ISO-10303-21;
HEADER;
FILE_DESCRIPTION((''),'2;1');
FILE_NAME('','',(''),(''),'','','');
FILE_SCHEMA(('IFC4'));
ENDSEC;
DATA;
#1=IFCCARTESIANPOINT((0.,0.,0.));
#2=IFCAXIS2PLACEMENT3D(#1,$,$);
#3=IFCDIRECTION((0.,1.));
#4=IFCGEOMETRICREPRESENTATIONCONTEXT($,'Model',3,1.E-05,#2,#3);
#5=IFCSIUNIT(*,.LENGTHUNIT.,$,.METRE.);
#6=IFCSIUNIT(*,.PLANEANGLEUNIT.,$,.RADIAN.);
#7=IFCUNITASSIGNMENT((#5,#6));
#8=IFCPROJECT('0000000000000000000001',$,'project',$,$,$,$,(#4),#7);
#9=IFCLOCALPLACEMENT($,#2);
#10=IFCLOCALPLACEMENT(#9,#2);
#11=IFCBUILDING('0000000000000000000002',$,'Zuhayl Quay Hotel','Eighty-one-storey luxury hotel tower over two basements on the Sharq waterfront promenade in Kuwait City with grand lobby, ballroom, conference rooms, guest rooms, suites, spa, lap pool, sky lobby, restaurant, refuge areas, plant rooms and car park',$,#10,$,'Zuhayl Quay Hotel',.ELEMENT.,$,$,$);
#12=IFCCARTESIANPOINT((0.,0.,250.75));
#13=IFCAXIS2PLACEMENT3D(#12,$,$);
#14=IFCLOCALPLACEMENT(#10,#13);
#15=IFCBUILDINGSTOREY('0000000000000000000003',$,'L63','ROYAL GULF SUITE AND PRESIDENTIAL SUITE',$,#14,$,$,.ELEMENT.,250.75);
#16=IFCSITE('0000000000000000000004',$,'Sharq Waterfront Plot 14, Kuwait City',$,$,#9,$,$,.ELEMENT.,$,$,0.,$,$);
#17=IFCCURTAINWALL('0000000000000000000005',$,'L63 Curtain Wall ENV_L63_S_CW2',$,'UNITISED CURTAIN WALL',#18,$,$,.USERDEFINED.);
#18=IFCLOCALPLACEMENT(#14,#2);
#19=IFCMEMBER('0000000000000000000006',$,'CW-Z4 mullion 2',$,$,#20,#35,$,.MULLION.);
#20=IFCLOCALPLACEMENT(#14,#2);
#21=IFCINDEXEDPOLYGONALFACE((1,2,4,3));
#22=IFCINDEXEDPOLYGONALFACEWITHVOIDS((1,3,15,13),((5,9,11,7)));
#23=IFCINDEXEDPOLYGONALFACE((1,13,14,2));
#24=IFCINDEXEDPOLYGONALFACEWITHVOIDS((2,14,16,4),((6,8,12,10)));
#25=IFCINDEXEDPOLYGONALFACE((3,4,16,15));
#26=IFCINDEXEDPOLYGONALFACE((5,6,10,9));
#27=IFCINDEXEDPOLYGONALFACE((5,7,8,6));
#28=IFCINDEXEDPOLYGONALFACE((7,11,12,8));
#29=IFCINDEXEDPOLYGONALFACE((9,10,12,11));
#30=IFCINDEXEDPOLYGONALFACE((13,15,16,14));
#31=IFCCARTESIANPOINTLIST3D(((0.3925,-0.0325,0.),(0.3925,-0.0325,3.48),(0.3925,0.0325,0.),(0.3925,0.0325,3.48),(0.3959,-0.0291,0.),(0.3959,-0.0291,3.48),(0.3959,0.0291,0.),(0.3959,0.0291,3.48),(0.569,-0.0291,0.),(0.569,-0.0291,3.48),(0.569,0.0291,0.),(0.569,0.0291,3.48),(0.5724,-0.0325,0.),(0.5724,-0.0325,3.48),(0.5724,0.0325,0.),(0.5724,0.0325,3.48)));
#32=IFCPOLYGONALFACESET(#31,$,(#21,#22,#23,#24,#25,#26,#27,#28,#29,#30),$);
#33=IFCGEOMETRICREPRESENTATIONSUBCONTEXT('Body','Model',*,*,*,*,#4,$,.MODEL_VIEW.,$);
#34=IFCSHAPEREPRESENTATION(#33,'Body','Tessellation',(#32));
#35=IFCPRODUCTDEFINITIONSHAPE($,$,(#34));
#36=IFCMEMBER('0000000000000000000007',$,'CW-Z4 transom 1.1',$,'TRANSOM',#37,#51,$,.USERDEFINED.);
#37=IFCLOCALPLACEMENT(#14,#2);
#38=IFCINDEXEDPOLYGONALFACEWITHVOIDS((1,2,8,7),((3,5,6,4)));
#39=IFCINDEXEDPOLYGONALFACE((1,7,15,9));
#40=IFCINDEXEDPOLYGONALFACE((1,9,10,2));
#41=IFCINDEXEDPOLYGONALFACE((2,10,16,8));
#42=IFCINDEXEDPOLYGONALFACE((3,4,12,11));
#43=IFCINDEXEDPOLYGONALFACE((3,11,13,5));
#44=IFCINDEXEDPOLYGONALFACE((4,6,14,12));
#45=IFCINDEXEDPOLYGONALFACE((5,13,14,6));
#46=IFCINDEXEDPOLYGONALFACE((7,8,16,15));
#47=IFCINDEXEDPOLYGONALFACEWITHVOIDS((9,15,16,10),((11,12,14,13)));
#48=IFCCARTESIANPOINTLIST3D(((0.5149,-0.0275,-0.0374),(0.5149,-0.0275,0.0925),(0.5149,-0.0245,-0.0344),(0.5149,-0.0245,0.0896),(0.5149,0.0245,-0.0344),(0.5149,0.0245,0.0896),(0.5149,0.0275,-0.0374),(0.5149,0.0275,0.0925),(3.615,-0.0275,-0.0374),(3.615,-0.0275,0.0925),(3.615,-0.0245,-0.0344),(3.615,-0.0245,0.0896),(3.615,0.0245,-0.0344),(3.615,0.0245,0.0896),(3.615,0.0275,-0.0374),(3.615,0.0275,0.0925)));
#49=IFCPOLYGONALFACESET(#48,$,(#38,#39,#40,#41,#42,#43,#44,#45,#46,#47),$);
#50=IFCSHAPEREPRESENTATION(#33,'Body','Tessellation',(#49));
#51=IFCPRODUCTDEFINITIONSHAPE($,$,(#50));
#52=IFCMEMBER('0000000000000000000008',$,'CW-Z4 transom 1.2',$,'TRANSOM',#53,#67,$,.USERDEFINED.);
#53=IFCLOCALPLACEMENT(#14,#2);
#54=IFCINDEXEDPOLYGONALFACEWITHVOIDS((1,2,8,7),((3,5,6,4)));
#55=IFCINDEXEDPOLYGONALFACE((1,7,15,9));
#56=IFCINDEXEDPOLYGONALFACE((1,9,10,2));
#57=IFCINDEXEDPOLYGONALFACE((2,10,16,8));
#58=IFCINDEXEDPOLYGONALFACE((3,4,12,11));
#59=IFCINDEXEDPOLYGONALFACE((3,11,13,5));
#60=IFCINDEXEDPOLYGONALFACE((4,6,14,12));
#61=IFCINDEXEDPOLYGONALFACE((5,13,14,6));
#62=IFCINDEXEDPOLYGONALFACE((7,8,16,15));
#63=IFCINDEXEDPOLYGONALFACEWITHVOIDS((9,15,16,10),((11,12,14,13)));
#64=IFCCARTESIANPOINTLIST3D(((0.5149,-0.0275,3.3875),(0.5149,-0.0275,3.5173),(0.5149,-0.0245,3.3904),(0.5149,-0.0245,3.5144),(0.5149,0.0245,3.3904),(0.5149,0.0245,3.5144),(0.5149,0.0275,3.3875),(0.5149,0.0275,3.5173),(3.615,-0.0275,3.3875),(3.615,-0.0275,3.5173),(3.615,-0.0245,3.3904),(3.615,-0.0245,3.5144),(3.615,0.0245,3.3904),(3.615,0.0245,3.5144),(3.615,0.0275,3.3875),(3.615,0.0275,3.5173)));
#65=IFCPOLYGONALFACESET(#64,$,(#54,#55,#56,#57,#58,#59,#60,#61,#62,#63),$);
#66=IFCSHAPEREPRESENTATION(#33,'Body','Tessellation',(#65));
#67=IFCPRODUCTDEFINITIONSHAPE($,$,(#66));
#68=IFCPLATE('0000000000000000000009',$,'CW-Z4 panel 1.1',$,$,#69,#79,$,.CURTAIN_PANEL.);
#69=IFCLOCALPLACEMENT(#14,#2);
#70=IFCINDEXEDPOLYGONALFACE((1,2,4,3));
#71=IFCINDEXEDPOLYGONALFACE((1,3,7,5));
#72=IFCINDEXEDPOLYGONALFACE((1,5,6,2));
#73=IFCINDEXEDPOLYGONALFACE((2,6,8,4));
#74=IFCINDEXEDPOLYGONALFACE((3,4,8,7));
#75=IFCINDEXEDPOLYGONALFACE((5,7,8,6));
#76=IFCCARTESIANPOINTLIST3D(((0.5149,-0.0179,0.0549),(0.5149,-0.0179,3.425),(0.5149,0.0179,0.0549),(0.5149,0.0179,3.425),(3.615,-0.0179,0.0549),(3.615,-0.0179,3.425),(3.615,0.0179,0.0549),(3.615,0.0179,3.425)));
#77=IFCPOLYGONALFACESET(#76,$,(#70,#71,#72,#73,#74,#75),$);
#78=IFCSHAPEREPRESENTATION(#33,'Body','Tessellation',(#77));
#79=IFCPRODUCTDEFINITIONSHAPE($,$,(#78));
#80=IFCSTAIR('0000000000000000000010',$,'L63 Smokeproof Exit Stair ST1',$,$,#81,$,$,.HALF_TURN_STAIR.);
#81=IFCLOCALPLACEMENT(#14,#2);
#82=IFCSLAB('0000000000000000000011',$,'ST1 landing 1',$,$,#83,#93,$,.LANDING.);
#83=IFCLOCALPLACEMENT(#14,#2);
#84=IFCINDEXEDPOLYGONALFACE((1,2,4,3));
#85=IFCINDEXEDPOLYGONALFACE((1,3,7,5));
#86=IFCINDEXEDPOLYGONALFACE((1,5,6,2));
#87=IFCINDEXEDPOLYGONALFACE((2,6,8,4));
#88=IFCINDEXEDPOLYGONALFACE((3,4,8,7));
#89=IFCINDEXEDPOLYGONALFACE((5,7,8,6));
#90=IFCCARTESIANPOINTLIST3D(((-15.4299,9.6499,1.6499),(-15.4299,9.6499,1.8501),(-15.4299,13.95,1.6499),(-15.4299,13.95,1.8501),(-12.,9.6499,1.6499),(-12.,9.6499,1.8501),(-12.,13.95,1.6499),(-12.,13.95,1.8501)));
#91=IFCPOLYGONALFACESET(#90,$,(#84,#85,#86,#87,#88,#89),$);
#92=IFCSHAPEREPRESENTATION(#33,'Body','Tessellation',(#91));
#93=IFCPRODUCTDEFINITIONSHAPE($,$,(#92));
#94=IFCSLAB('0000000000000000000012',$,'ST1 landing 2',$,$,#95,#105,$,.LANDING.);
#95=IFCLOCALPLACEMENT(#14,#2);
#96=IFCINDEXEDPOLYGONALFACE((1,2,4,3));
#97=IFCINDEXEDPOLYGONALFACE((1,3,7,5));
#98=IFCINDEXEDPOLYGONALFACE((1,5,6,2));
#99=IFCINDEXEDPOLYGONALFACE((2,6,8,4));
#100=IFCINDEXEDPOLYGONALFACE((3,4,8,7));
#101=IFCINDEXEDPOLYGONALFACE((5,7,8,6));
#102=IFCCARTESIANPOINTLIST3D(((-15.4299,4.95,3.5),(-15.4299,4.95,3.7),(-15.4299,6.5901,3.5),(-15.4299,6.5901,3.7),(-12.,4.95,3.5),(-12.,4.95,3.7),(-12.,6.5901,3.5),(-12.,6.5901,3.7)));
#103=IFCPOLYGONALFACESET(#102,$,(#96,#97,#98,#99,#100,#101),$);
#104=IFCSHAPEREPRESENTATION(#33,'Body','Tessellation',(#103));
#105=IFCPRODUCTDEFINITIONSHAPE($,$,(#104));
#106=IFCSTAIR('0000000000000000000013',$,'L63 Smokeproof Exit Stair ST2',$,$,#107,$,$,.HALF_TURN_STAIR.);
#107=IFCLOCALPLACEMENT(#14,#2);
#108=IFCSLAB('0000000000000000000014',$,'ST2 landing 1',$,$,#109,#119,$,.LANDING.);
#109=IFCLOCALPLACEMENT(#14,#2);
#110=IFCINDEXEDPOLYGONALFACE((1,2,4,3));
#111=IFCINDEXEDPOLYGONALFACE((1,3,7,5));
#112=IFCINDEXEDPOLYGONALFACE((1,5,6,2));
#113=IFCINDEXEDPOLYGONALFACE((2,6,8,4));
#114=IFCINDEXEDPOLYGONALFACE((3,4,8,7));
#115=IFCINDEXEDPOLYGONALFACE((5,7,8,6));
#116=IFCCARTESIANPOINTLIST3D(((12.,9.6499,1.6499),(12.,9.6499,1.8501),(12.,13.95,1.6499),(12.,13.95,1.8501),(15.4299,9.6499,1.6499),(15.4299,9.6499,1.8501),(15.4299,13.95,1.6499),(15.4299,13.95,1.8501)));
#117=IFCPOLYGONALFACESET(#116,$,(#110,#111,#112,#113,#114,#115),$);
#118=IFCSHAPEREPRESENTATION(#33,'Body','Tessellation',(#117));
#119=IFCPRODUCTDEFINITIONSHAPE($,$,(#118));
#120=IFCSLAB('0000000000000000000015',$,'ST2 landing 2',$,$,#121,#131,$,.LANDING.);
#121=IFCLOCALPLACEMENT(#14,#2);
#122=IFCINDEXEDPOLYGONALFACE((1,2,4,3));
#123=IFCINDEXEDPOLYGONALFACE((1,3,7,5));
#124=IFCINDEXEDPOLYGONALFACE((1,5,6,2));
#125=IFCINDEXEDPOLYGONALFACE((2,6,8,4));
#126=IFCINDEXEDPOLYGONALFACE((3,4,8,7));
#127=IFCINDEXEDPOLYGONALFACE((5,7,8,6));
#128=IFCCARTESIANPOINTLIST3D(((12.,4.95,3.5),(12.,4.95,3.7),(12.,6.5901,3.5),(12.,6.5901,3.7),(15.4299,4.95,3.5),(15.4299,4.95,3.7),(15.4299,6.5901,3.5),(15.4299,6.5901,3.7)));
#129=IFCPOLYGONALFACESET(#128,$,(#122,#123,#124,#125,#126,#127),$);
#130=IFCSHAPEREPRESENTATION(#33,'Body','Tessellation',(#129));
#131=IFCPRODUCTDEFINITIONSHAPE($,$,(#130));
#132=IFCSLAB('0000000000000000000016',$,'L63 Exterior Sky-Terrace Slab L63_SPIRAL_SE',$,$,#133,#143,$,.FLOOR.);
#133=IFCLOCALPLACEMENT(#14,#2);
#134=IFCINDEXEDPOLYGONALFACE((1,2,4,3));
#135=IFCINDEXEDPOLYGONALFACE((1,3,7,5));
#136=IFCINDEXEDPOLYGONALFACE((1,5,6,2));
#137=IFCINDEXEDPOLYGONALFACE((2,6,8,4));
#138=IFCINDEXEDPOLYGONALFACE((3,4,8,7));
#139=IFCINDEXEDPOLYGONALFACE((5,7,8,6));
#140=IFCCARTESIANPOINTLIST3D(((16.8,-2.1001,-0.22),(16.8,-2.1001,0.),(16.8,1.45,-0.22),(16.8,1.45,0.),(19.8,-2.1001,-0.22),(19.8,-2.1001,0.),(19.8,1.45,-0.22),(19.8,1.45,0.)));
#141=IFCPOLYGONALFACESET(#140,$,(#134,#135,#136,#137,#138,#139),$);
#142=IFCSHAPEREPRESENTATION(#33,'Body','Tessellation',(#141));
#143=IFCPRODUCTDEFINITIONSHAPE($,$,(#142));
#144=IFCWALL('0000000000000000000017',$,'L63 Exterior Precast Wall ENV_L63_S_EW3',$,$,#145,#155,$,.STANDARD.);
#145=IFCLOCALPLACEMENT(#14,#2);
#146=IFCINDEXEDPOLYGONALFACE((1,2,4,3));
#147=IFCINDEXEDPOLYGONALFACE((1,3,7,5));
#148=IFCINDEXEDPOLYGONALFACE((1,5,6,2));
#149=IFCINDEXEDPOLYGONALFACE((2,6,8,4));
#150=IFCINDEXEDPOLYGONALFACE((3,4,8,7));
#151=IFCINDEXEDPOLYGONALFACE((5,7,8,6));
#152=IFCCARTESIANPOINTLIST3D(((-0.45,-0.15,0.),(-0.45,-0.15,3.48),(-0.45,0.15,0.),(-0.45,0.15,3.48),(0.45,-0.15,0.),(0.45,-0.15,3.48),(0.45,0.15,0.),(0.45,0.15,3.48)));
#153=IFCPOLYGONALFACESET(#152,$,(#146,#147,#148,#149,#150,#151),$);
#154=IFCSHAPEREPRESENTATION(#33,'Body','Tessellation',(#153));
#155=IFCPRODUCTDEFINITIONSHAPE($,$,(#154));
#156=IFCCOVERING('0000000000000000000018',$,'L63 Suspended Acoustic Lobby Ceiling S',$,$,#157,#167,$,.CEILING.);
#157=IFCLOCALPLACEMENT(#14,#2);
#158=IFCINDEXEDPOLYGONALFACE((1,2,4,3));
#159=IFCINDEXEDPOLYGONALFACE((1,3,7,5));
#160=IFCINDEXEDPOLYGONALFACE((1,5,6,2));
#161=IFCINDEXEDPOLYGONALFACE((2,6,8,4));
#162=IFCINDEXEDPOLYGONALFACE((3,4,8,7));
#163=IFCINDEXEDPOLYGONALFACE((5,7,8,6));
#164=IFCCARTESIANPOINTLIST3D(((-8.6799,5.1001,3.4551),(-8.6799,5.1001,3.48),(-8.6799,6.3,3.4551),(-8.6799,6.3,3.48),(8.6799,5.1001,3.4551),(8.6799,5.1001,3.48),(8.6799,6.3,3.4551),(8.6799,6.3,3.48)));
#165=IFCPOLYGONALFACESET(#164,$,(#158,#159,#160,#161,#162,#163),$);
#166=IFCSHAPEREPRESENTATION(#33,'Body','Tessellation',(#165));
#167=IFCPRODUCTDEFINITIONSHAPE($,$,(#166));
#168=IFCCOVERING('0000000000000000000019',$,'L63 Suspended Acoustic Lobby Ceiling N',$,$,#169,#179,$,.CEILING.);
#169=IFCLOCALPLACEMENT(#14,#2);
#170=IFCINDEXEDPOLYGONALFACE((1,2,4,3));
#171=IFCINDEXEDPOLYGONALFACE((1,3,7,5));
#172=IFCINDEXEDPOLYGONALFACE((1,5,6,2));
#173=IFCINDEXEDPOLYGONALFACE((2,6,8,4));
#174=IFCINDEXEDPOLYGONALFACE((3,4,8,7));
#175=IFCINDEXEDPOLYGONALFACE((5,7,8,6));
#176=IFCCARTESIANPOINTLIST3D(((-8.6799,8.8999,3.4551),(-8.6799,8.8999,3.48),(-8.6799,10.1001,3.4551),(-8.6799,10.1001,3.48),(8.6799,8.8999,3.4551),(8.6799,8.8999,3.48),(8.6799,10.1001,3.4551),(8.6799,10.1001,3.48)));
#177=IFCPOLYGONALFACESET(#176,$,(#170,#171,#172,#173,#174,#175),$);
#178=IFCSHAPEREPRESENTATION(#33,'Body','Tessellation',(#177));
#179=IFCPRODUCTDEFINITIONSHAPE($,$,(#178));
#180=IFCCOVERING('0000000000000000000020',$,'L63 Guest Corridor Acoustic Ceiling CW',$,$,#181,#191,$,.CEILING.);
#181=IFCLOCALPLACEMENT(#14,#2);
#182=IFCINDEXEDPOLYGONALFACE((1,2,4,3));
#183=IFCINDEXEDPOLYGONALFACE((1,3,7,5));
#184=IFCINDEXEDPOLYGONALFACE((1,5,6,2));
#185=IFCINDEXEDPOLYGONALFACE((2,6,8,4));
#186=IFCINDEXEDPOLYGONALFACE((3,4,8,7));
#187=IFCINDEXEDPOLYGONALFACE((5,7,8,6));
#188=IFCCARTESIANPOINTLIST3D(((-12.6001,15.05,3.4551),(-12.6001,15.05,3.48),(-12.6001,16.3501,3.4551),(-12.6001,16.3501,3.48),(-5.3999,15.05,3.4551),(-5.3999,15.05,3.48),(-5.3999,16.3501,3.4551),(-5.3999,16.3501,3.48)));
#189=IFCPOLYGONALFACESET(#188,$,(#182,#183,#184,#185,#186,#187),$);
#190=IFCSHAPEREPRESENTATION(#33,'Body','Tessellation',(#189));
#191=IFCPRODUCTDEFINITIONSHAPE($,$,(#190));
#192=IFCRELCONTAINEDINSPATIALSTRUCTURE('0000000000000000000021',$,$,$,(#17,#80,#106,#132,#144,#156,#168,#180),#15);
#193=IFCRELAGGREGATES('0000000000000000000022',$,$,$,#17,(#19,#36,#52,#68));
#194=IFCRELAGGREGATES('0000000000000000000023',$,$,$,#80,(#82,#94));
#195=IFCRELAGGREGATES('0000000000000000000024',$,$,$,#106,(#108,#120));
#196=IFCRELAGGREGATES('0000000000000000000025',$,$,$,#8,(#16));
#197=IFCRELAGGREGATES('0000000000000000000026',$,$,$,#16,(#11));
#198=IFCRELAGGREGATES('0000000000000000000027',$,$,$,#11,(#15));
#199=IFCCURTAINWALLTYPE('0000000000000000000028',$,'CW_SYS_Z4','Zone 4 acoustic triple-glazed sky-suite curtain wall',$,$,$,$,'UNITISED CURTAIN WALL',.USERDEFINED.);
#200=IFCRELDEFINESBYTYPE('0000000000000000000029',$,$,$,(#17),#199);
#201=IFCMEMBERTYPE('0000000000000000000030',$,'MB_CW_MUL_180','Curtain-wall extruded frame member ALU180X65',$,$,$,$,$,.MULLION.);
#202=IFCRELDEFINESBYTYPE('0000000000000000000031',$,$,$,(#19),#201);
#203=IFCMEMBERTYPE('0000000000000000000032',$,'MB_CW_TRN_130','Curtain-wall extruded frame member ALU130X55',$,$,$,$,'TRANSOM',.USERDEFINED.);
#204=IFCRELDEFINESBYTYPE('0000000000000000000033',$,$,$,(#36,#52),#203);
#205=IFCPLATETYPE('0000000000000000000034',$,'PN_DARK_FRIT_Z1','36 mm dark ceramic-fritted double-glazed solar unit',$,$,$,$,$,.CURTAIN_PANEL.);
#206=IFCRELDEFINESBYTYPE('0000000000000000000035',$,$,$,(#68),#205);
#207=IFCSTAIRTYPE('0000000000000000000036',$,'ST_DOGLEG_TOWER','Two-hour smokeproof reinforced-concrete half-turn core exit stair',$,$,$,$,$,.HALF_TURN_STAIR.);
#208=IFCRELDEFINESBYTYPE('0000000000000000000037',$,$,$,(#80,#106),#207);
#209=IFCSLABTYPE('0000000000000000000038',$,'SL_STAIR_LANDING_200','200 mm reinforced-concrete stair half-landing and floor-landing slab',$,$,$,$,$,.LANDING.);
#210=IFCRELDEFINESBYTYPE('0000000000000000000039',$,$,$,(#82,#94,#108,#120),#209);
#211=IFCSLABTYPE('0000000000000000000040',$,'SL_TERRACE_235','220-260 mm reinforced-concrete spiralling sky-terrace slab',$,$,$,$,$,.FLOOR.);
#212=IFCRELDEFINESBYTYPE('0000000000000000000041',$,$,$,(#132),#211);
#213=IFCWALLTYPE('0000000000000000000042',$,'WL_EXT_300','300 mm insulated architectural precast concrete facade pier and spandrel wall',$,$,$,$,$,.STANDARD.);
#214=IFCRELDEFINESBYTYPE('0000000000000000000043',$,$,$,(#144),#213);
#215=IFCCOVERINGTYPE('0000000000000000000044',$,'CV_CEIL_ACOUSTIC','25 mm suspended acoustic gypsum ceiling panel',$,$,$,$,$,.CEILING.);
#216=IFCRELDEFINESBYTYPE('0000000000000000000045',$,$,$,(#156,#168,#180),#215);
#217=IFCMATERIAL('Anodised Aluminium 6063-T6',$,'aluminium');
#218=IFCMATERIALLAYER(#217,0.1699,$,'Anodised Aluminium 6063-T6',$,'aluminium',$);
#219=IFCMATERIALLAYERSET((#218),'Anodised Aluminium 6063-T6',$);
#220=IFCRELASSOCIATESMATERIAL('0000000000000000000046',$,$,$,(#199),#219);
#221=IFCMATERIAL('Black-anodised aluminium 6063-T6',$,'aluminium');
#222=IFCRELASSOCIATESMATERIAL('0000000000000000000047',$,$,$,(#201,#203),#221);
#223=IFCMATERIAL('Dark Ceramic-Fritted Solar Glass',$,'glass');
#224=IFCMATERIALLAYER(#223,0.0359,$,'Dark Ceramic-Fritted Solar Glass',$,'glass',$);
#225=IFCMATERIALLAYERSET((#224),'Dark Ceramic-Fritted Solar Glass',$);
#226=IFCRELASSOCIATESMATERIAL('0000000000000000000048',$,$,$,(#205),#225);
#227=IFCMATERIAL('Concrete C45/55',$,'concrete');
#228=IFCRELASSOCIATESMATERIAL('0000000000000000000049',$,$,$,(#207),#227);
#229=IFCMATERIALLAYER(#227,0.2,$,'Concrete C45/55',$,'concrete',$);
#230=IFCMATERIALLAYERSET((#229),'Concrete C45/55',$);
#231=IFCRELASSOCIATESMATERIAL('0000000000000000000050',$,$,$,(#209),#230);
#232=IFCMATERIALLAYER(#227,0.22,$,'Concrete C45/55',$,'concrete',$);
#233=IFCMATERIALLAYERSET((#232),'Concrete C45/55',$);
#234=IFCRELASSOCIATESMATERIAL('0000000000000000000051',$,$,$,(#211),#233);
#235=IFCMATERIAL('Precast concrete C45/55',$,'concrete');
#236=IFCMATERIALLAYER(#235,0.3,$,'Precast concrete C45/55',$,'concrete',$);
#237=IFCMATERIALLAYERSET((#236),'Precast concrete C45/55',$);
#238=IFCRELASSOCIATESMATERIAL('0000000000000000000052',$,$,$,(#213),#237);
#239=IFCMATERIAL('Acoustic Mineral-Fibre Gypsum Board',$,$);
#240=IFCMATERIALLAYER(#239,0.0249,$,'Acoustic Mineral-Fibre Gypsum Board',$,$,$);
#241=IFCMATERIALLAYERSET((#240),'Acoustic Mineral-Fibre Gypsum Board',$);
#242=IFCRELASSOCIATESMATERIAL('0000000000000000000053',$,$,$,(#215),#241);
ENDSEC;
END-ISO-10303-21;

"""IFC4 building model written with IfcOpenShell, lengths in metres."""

from ifc_helpers import new_model, si_unit, direction, frame, frame_2d, origin, origin_2d, place, context, subcontext, project, spatial, polyline, rectangle, hollow_rectangle, outline, extrude, material, layer, layer_set, material_profile, profile_set, type_object, element, aggregate, save


model = new_model("IFC4")

# Units and contexts
model_context = context("Model", 3, precision=1e-05, world=origin(), true_north=direction((0.0, 1.0)))
body_context = subcontext(model_context, "Body", "Model", "MODEL_VIEW")
ifc_project = project(units=[si_unit("LENGTHUNIT", "METRE"), si_unit("PLANEANGLEUNIT", "RADIAN")], contexts=[model_context])

# Site, building, storey
site_placement = place(None, origin())
site = spatial("IfcSite", under=ifc_project, at=site_placement, Name="Sharq Waterfront Plot 14, Kuwait City", CompositionType="ELEMENT", RefElevation=0.0)
building_placement = place(site_placement, origin())
building = spatial("IfcBuilding", under=site, at=building_placement, Name="Zuhayl Quay Hotel", Description="Eighty-one-storey luxury hotel tower over two basements on the Sharq waterfront promenade in Kuwait City with grand lobby, ballroom, conference rooms, guest rooms, suites, spa, lap pool, sky lobby, restaurant, refuge areas, plant rooms and car park", LongName="Zuhayl Quay Hotel", CompositionType="ELEMENT")
storey_placement = place(building_placement, frame((0.0, 0.0, 250.75)))
storey = spatial("IfcBuildingStorey", under=building, at=storey_placement, Name="L63", Description="ROYAL GULF SUITE AND PRESIDENTIAL SUITE", CompositionType="ELEMENT", Elevation=250.75)

# Curtain wall, members, plate
ifc_material_1 = material(Name="Anodised Aluminium 6063-T6", Category="aluminium")
ifc_layer_1 = layer(ifc_material_1, 0.1699, Name="Anodised Aluminium 6063-T6", Category="aluminium")
ifc_layer_set_1 = layer_set([ifc_layer_1], Name="Anodised Aluminium 6063-T6")
curtain_wall_type = type_object("IfcCurtainWallType", Name="CW_SYS_Z4", Description="Zone 4 acoustic triple-glazed sky-suite curtain wall", ElementType="UNITISED CURTAIN WALL", PredefinedType="USERDEFINED", material=ifc_layer_set_1)
curtain_wall_placement = place(storey_placement, origin())
curtain_wall = element("IfcCurtainWall", 1, at=curtain_wall_placement, inside=storey, type_object=curtain_wall_type, Name="L63 Curtain Wall ENV_L63_S_CW2", ObjectType="UNITISED CURTAIN WALL", PredefinedType="USERDEFINED")
ifc_material_2 = material(Name="Black-anodised aluminium 6063-T6", Category="aluminium")
ifc_material_profile_1 = material_profile(ifc_material_2, hollow_rectangle(XDim=0.0649, YDim=0.1799, WallThickness=0.0034, at=origin_2d()), Name="ALU180X65")
ifc_profile_set_1 = profile_set([ifc_material_profile_1], Name="Black-anodised aluminium 6063-T6")
member_type_1 = type_object("IfcMemberType", Name="MB_CW_MUL_180", Description="Curtain-wall extruded frame member ALU180X65", PredefinedType="MULLION", material=ifc_profile_set_1)
member_1_placement = place(storey_placement, frame((0.4824, 0.0, 0.0), z_axis=(0.0, 0.0, 1.0), x_axis=(0.0, -1.0, 0.0)))
member_1 = element("IfcMember", 2, at=member_1_placement, type_object=member_type_1, Name="CW-Z4 mullion 2", PredefinedType="MULLION", context=body_context, shape_type="SweptSolid", body=[
    extrude(hollow_rectangle(XDim=0.0649, YDim=0.1799, WallThickness=0.0034, at=origin_2d()), origin(), (0.0, 0.0, 1.0), 3.48),
])
ifc_material_profile_2 = material_profile(ifc_material_2, hollow_rectangle(XDim=0.0549, YDim=0.1299, WallThickness=0.0029, at=origin_2d()), Name="ALU130X55")
ifc_profile_set_2 = profile_set([ifc_material_profile_2], Name="Black-anodised aluminium 6063-T6")
member_type_2 = type_object("IfcMemberType", Name="MB_CW_TRN_130", Description="Curtain-wall extruded frame member ALU130X55", ElementType="TRANSOM", PredefinedType="USERDEFINED", material=ifc_profile_set_2)
member_2_placement = place(storey_placement, frame((3.615, 0.0, 0.0276), z_axis=(-1.0, 0.0, 0.0), x_axis=(0.0, -1.0, 0.0)))
member_2 = element("IfcMember", 3, at=member_2_placement, type_object=member_type_2, Name="CW-Z4 transom 1.1", ObjectType="TRANSOM", PredefinedType="USERDEFINED", context=body_context, shape_type="SweptSolid", body=[
    extrude(hollow_rectangle(XDim=0.0549, YDim=0.1299, WallThickness=0.0029, at=origin_2d()), origin(), (0.0, 0.0, 1.0), 3.1001),
])
member_3_placement = place(storey_placement, frame((3.615, 0.0, 3.4524), z_axis=(-1.0, 0.0, 0.0), x_axis=(0.0, -1.0, 0.0)))
member_3 = element("IfcMember", 4, at=member_3_placement, type_object=member_type_2, Name="CW-Z4 transom 1.2", ObjectType="TRANSOM", PredefinedType="USERDEFINED", context=body_context, shape_type="SweptSolid", body=[
    extrude(hollow_rectangle(XDim=0.0549, YDim=0.1299, WallThickness=0.0029, at=origin_2d()), origin(), (0.0, 0.0, 1.0), 3.1001),
])
ifc_material_3 = material(Name="Dark Ceramic-Fritted Solar Glass", Category="glass")
ifc_layer_2 = layer(ifc_material_3, 0.0359, Name="Dark Ceramic-Fritted Solar Glass", Category="glass")
ifc_layer_set_2 = layer_set([ifc_layer_2], Name="Dark Ceramic-Fritted Solar Glass")
plate_type = type_object("IfcPlateType", Name="PN_DARK_FRIT_Z1", Description="36 mm dark ceramic-fritted double-glazed solar unit", PredefinedType="CURTAIN_PANEL", material=ifc_layer_set_2)
plate_placement = place(storey_placement, frame((2.0649, 0.0, 0.0549), z_axis=(0.0, 0.0, 1.0), x_axis=(-1.0, 0.0, 0.0)))
plate = element("IfcPlate", 5, at=plate_placement, type_object=plate_type, Name="CW-Z4 panel 1.1", PredefinedType="CURTAIN_PANEL", context=body_context, shape_type="SweptSolid", body=[
    extrude(rectangle(XDim=3.1001, YDim=0.0359, at=origin_2d()), origin(), (0.0, 0.0, 1.0), 3.3701),
])
aggregate(curtain_wall, [member_1, member_2, member_3, plate])

# Stairs, slabs
ifc_material_4 = material(Name="Concrete C45/55", Category="concrete")
stair_type = type_object("IfcStairType", Name="ST_DOGLEG_TOWER", Description="Two-hour smokeproof reinforced-concrete half-turn core exit stair", PredefinedType="HALF_TURN_STAIR", material=ifc_material_4)
stair_1_placement = place(storey_placement, origin())
stair_1 = element("IfcStair", 6, at=stair_1_placement, inside=storey, type_object=stair_type, Name="L63 Smokeproof Exit Stair ST1", PredefinedType="HALF_TURN_STAIR")
ifc_layer_3 = layer(ifc_material_4, 0.2, Name="Concrete C45/55", Category="concrete")
ifc_layer_set_3 = layer_set([ifc_layer_3], Name="Concrete C45/55")
slab_type_1 = type_object("IfcSlabType", Name="SL_STAIR_LANDING_200", Description="200 mm reinforced-concrete stair half-landing and floor-landing slab", PredefinedType="LANDING", material=ifc_layer_set_3)
slab_1_placement = place(storey_placement, frame((0.0, 0.0, 1.6499)))
slab_1 = element("IfcSlab", 7, at=slab_1_placement, type_object=slab_type_1, Name="ST1 landing 1", PredefinedType="LANDING", context=body_context, shape_type="SweptSolid", body=[
    extrude(outline(polyline([(-12.0, 9.6499), (-12.0, 13.95), (-15.4299, 13.95), (-15.4299, 9.6499), (-12.0, 9.6499)])), origin(), (0.0, 0.0, 1.0), 0.2002),
])
slab_2_placement = place(storey_placement, frame((0.0, 0.0, 3.5)))
slab_2 = element("IfcSlab", 8, at=slab_2_placement, type_object=slab_type_1, Name="ST1 landing 2", PredefinedType="LANDING", context=body_context, shape_type="SweptSolid", body=[
    extrude(outline(polyline([(-12.0, 4.95), (-12.0, 6.5901), (-15.4299, 6.5901), (-15.4299, 4.95), (-12.0, 4.95)])), origin(), (0.0, 0.0, 1.0), 0.2),
])
aggregate(stair_1, [slab_1, slab_2])
stair_2_placement = place(storey_placement, origin())
stair_2 = element("IfcStair", 9, at=stair_2_placement, inside=storey, type_object=stair_type, Name="L63 Smokeproof Exit Stair ST2", PredefinedType="HALF_TURN_STAIR")
slab_3_placement = place(storey_placement, frame((0.0, 0.0, 1.6499)))
slab_3 = element("IfcSlab", 10, at=slab_3_placement, type_object=slab_type_1, Name="ST2 landing 1", PredefinedType="LANDING", context=body_context, shape_type="SweptSolid", body=[
    extrude(outline(polyline([(15.4299, 9.6499), (15.4299, 13.95), (12.0, 13.95), (12.0, 9.6499), (15.4299, 9.6499)])), origin(), (0.0, 0.0, 1.0), 0.2002),
])
slab_4_placement = place(storey_placement, frame((0.0, 0.0, 3.5)))
slab_4 = element("IfcSlab", 11, at=slab_4_placement, type_object=slab_type_1, Name="ST2 landing 2", PredefinedType="LANDING", context=body_context, shape_type="SweptSolid", body=[
    extrude(outline(polyline([(15.4299, 4.95), (15.4299, 6.5901), (12.0, 6.5901), (12.0, 4.95), (15.4299, 4.95)])), origin(), (0.0, 0.0, 1.0), 0.2),
])
aggregate(stair_2, [slab_3, slab_4])

# Slab
ifc_layer_4 = layer(ifc_material_4, 0.22, Name="Concrete C45/55", Category="concrete")
ifc_layer_set_4 = layer_set([ifc_layer_4], Name="Concrete C45/55")
slab_type_2 = type_object("IfcSlabType", Name="SL_TERRACE_235", Description="220-260 mm reinforced-concrete spiralling sky-terrace slab", PredefinedType="FLOOR", material=ifc_layer_set_4)
slab_5_placement = place(storey_placement, frame((0.0, 0.0, -0.22)))
element("IfcSlab", 12, at=slab_5_placement, inside=storey, type_object=slab_type_2, Name="L63 Exterior Sky-Terrace Slab L63_SPIRAL_SE", PredefinedType="FLOOR", context=body_context, shape_type="SweptSolid", body=[
    extrude(outline(polyline([(16.8, -2.1001), (19.8, -2.1001), (19.8, 1.45), (16.8, 1.45), (16.8, -2.1001)])), origin(), (0.0, 0.0, 1.0), 0.22),
])

# Wall
ifc_material_5 = material(Name="Precast concrete C45/55", Category="concrete")
ifc_layer_5 = layer(ifc_material_5, 0.3, Name="Precast concrete C45/55", Category="concrete")
ifc_layer_set_5 = layer_set([ifc_layer_5], Name="Precast concrete C45/55")
wall_type = type_object("IfcWallType", Name="WL_EXT_300", Description="300 mm insulated architectural precast concrete facade pier and spandrel wall", PredefinedType="STANDARD", material=ifc_layer_set_5)
wall_placement = place(storey_placement, frame((0.45, 0.0, 0.0), z_axis=(0.0, 0.0, 1.0), x_axis=(-1.0, 0.0, 0.0)))
element("IfcWall", 13, at=wall_placement, inside=storey, type_object=wall_type, Name="L63 Exterior Precast Wall ENV_L63_S_EW3", PredefinedType="STANDARD", context=body_context, shape_type="SweptSolid", body=[
    extrude(rectangle(XDim=0.8999, YDim=0.3, at=frame_2d((0.45, 0.0))), origin(), (0.0, 0.0, 1.0), 3.48),
])

# Coverings
ifc_material_6 = material(Name="Acoustic Mineral-Fibre Gypsum Board")
ifc_layer_6 = layer(ifc_material_6, 0.0249, Name="Acoustic Mineral-Fibre Gypsum Board")
ifc_layer_set_6 = layer_set([ifc_layer_6], Name="Acoustic Mineral-Fibre Gypsum Board")
covering_type_1 = type_object("IfcCoveringType", Name="CV_CEIL_ACOUSTIC", Description="25 mm suspended acoustic gypsum ceiling panel", PredefinedType="CEILING", material=ifc_layer_set_6)
covering_1_placement = place(storey_placement, frame((0.0, 0.0, 3.4551)))
element("IfcCovering", 14, at=covering_1_placement, inside=storey, type_object=covering_type_1, Name="L63 Suspended Acoustic Lobby Ceiling S", PredefinedType="CEILING", context=body_context, shape_type="SweptSolid", body=[
    extrude(outline(polyline([(-8.6799, 5.1001), (8.6799, 5.1001), (8.6799, 6.3), (-8.6799, 6.3), (-8.6799, 5.1001)])), origin(), (0.0, 0.0, 1.0), 0.0249),
])
covering_2_placement = place(storey_placement, frame((0.0, 0.0, 3.4551)))
element("IfcCovering", 15, at=covering_2_placement, inside=storey, type_object=covering_type_1, Name="L63 Suspended Acoustic Lobby Ceiling N", PredefinedType="CEILING", context=body_context, shape_type="SweptSolid", body=[
    extrude(outline(polyline([(-8.6799, 8.8999), (8.6799, 8.8999), (8.6799, 10.1001), (-8.6799, 10.1001), (-8.6799, 8.8999)])), origin(), (0.0, 0.0, 1.0), 0.0249),
])
covering_3_placement = place(storey_placement, frame((0.0, 0.0, 3.4551)))
element("IfcCovering", 16, at=covering_3_placement, inside=storey, type_object=covering_type_1, Name="L63 Guest Corridor Acoustic Ceiling CW", PredefinedType="CEILING", context=body_context, shape_type="SweptSolid", body=[
    extrude(outline(polyline([(-12.6001, 15.05), (-5.3999, 15.05), (-5.3999, 16.3501), (-12.6001, 16.3501), (-12.6001, 15.05)])), origin(), (0.0, 0.0, 1.0), 0.0249),
])

save(model, "model.ifc")
